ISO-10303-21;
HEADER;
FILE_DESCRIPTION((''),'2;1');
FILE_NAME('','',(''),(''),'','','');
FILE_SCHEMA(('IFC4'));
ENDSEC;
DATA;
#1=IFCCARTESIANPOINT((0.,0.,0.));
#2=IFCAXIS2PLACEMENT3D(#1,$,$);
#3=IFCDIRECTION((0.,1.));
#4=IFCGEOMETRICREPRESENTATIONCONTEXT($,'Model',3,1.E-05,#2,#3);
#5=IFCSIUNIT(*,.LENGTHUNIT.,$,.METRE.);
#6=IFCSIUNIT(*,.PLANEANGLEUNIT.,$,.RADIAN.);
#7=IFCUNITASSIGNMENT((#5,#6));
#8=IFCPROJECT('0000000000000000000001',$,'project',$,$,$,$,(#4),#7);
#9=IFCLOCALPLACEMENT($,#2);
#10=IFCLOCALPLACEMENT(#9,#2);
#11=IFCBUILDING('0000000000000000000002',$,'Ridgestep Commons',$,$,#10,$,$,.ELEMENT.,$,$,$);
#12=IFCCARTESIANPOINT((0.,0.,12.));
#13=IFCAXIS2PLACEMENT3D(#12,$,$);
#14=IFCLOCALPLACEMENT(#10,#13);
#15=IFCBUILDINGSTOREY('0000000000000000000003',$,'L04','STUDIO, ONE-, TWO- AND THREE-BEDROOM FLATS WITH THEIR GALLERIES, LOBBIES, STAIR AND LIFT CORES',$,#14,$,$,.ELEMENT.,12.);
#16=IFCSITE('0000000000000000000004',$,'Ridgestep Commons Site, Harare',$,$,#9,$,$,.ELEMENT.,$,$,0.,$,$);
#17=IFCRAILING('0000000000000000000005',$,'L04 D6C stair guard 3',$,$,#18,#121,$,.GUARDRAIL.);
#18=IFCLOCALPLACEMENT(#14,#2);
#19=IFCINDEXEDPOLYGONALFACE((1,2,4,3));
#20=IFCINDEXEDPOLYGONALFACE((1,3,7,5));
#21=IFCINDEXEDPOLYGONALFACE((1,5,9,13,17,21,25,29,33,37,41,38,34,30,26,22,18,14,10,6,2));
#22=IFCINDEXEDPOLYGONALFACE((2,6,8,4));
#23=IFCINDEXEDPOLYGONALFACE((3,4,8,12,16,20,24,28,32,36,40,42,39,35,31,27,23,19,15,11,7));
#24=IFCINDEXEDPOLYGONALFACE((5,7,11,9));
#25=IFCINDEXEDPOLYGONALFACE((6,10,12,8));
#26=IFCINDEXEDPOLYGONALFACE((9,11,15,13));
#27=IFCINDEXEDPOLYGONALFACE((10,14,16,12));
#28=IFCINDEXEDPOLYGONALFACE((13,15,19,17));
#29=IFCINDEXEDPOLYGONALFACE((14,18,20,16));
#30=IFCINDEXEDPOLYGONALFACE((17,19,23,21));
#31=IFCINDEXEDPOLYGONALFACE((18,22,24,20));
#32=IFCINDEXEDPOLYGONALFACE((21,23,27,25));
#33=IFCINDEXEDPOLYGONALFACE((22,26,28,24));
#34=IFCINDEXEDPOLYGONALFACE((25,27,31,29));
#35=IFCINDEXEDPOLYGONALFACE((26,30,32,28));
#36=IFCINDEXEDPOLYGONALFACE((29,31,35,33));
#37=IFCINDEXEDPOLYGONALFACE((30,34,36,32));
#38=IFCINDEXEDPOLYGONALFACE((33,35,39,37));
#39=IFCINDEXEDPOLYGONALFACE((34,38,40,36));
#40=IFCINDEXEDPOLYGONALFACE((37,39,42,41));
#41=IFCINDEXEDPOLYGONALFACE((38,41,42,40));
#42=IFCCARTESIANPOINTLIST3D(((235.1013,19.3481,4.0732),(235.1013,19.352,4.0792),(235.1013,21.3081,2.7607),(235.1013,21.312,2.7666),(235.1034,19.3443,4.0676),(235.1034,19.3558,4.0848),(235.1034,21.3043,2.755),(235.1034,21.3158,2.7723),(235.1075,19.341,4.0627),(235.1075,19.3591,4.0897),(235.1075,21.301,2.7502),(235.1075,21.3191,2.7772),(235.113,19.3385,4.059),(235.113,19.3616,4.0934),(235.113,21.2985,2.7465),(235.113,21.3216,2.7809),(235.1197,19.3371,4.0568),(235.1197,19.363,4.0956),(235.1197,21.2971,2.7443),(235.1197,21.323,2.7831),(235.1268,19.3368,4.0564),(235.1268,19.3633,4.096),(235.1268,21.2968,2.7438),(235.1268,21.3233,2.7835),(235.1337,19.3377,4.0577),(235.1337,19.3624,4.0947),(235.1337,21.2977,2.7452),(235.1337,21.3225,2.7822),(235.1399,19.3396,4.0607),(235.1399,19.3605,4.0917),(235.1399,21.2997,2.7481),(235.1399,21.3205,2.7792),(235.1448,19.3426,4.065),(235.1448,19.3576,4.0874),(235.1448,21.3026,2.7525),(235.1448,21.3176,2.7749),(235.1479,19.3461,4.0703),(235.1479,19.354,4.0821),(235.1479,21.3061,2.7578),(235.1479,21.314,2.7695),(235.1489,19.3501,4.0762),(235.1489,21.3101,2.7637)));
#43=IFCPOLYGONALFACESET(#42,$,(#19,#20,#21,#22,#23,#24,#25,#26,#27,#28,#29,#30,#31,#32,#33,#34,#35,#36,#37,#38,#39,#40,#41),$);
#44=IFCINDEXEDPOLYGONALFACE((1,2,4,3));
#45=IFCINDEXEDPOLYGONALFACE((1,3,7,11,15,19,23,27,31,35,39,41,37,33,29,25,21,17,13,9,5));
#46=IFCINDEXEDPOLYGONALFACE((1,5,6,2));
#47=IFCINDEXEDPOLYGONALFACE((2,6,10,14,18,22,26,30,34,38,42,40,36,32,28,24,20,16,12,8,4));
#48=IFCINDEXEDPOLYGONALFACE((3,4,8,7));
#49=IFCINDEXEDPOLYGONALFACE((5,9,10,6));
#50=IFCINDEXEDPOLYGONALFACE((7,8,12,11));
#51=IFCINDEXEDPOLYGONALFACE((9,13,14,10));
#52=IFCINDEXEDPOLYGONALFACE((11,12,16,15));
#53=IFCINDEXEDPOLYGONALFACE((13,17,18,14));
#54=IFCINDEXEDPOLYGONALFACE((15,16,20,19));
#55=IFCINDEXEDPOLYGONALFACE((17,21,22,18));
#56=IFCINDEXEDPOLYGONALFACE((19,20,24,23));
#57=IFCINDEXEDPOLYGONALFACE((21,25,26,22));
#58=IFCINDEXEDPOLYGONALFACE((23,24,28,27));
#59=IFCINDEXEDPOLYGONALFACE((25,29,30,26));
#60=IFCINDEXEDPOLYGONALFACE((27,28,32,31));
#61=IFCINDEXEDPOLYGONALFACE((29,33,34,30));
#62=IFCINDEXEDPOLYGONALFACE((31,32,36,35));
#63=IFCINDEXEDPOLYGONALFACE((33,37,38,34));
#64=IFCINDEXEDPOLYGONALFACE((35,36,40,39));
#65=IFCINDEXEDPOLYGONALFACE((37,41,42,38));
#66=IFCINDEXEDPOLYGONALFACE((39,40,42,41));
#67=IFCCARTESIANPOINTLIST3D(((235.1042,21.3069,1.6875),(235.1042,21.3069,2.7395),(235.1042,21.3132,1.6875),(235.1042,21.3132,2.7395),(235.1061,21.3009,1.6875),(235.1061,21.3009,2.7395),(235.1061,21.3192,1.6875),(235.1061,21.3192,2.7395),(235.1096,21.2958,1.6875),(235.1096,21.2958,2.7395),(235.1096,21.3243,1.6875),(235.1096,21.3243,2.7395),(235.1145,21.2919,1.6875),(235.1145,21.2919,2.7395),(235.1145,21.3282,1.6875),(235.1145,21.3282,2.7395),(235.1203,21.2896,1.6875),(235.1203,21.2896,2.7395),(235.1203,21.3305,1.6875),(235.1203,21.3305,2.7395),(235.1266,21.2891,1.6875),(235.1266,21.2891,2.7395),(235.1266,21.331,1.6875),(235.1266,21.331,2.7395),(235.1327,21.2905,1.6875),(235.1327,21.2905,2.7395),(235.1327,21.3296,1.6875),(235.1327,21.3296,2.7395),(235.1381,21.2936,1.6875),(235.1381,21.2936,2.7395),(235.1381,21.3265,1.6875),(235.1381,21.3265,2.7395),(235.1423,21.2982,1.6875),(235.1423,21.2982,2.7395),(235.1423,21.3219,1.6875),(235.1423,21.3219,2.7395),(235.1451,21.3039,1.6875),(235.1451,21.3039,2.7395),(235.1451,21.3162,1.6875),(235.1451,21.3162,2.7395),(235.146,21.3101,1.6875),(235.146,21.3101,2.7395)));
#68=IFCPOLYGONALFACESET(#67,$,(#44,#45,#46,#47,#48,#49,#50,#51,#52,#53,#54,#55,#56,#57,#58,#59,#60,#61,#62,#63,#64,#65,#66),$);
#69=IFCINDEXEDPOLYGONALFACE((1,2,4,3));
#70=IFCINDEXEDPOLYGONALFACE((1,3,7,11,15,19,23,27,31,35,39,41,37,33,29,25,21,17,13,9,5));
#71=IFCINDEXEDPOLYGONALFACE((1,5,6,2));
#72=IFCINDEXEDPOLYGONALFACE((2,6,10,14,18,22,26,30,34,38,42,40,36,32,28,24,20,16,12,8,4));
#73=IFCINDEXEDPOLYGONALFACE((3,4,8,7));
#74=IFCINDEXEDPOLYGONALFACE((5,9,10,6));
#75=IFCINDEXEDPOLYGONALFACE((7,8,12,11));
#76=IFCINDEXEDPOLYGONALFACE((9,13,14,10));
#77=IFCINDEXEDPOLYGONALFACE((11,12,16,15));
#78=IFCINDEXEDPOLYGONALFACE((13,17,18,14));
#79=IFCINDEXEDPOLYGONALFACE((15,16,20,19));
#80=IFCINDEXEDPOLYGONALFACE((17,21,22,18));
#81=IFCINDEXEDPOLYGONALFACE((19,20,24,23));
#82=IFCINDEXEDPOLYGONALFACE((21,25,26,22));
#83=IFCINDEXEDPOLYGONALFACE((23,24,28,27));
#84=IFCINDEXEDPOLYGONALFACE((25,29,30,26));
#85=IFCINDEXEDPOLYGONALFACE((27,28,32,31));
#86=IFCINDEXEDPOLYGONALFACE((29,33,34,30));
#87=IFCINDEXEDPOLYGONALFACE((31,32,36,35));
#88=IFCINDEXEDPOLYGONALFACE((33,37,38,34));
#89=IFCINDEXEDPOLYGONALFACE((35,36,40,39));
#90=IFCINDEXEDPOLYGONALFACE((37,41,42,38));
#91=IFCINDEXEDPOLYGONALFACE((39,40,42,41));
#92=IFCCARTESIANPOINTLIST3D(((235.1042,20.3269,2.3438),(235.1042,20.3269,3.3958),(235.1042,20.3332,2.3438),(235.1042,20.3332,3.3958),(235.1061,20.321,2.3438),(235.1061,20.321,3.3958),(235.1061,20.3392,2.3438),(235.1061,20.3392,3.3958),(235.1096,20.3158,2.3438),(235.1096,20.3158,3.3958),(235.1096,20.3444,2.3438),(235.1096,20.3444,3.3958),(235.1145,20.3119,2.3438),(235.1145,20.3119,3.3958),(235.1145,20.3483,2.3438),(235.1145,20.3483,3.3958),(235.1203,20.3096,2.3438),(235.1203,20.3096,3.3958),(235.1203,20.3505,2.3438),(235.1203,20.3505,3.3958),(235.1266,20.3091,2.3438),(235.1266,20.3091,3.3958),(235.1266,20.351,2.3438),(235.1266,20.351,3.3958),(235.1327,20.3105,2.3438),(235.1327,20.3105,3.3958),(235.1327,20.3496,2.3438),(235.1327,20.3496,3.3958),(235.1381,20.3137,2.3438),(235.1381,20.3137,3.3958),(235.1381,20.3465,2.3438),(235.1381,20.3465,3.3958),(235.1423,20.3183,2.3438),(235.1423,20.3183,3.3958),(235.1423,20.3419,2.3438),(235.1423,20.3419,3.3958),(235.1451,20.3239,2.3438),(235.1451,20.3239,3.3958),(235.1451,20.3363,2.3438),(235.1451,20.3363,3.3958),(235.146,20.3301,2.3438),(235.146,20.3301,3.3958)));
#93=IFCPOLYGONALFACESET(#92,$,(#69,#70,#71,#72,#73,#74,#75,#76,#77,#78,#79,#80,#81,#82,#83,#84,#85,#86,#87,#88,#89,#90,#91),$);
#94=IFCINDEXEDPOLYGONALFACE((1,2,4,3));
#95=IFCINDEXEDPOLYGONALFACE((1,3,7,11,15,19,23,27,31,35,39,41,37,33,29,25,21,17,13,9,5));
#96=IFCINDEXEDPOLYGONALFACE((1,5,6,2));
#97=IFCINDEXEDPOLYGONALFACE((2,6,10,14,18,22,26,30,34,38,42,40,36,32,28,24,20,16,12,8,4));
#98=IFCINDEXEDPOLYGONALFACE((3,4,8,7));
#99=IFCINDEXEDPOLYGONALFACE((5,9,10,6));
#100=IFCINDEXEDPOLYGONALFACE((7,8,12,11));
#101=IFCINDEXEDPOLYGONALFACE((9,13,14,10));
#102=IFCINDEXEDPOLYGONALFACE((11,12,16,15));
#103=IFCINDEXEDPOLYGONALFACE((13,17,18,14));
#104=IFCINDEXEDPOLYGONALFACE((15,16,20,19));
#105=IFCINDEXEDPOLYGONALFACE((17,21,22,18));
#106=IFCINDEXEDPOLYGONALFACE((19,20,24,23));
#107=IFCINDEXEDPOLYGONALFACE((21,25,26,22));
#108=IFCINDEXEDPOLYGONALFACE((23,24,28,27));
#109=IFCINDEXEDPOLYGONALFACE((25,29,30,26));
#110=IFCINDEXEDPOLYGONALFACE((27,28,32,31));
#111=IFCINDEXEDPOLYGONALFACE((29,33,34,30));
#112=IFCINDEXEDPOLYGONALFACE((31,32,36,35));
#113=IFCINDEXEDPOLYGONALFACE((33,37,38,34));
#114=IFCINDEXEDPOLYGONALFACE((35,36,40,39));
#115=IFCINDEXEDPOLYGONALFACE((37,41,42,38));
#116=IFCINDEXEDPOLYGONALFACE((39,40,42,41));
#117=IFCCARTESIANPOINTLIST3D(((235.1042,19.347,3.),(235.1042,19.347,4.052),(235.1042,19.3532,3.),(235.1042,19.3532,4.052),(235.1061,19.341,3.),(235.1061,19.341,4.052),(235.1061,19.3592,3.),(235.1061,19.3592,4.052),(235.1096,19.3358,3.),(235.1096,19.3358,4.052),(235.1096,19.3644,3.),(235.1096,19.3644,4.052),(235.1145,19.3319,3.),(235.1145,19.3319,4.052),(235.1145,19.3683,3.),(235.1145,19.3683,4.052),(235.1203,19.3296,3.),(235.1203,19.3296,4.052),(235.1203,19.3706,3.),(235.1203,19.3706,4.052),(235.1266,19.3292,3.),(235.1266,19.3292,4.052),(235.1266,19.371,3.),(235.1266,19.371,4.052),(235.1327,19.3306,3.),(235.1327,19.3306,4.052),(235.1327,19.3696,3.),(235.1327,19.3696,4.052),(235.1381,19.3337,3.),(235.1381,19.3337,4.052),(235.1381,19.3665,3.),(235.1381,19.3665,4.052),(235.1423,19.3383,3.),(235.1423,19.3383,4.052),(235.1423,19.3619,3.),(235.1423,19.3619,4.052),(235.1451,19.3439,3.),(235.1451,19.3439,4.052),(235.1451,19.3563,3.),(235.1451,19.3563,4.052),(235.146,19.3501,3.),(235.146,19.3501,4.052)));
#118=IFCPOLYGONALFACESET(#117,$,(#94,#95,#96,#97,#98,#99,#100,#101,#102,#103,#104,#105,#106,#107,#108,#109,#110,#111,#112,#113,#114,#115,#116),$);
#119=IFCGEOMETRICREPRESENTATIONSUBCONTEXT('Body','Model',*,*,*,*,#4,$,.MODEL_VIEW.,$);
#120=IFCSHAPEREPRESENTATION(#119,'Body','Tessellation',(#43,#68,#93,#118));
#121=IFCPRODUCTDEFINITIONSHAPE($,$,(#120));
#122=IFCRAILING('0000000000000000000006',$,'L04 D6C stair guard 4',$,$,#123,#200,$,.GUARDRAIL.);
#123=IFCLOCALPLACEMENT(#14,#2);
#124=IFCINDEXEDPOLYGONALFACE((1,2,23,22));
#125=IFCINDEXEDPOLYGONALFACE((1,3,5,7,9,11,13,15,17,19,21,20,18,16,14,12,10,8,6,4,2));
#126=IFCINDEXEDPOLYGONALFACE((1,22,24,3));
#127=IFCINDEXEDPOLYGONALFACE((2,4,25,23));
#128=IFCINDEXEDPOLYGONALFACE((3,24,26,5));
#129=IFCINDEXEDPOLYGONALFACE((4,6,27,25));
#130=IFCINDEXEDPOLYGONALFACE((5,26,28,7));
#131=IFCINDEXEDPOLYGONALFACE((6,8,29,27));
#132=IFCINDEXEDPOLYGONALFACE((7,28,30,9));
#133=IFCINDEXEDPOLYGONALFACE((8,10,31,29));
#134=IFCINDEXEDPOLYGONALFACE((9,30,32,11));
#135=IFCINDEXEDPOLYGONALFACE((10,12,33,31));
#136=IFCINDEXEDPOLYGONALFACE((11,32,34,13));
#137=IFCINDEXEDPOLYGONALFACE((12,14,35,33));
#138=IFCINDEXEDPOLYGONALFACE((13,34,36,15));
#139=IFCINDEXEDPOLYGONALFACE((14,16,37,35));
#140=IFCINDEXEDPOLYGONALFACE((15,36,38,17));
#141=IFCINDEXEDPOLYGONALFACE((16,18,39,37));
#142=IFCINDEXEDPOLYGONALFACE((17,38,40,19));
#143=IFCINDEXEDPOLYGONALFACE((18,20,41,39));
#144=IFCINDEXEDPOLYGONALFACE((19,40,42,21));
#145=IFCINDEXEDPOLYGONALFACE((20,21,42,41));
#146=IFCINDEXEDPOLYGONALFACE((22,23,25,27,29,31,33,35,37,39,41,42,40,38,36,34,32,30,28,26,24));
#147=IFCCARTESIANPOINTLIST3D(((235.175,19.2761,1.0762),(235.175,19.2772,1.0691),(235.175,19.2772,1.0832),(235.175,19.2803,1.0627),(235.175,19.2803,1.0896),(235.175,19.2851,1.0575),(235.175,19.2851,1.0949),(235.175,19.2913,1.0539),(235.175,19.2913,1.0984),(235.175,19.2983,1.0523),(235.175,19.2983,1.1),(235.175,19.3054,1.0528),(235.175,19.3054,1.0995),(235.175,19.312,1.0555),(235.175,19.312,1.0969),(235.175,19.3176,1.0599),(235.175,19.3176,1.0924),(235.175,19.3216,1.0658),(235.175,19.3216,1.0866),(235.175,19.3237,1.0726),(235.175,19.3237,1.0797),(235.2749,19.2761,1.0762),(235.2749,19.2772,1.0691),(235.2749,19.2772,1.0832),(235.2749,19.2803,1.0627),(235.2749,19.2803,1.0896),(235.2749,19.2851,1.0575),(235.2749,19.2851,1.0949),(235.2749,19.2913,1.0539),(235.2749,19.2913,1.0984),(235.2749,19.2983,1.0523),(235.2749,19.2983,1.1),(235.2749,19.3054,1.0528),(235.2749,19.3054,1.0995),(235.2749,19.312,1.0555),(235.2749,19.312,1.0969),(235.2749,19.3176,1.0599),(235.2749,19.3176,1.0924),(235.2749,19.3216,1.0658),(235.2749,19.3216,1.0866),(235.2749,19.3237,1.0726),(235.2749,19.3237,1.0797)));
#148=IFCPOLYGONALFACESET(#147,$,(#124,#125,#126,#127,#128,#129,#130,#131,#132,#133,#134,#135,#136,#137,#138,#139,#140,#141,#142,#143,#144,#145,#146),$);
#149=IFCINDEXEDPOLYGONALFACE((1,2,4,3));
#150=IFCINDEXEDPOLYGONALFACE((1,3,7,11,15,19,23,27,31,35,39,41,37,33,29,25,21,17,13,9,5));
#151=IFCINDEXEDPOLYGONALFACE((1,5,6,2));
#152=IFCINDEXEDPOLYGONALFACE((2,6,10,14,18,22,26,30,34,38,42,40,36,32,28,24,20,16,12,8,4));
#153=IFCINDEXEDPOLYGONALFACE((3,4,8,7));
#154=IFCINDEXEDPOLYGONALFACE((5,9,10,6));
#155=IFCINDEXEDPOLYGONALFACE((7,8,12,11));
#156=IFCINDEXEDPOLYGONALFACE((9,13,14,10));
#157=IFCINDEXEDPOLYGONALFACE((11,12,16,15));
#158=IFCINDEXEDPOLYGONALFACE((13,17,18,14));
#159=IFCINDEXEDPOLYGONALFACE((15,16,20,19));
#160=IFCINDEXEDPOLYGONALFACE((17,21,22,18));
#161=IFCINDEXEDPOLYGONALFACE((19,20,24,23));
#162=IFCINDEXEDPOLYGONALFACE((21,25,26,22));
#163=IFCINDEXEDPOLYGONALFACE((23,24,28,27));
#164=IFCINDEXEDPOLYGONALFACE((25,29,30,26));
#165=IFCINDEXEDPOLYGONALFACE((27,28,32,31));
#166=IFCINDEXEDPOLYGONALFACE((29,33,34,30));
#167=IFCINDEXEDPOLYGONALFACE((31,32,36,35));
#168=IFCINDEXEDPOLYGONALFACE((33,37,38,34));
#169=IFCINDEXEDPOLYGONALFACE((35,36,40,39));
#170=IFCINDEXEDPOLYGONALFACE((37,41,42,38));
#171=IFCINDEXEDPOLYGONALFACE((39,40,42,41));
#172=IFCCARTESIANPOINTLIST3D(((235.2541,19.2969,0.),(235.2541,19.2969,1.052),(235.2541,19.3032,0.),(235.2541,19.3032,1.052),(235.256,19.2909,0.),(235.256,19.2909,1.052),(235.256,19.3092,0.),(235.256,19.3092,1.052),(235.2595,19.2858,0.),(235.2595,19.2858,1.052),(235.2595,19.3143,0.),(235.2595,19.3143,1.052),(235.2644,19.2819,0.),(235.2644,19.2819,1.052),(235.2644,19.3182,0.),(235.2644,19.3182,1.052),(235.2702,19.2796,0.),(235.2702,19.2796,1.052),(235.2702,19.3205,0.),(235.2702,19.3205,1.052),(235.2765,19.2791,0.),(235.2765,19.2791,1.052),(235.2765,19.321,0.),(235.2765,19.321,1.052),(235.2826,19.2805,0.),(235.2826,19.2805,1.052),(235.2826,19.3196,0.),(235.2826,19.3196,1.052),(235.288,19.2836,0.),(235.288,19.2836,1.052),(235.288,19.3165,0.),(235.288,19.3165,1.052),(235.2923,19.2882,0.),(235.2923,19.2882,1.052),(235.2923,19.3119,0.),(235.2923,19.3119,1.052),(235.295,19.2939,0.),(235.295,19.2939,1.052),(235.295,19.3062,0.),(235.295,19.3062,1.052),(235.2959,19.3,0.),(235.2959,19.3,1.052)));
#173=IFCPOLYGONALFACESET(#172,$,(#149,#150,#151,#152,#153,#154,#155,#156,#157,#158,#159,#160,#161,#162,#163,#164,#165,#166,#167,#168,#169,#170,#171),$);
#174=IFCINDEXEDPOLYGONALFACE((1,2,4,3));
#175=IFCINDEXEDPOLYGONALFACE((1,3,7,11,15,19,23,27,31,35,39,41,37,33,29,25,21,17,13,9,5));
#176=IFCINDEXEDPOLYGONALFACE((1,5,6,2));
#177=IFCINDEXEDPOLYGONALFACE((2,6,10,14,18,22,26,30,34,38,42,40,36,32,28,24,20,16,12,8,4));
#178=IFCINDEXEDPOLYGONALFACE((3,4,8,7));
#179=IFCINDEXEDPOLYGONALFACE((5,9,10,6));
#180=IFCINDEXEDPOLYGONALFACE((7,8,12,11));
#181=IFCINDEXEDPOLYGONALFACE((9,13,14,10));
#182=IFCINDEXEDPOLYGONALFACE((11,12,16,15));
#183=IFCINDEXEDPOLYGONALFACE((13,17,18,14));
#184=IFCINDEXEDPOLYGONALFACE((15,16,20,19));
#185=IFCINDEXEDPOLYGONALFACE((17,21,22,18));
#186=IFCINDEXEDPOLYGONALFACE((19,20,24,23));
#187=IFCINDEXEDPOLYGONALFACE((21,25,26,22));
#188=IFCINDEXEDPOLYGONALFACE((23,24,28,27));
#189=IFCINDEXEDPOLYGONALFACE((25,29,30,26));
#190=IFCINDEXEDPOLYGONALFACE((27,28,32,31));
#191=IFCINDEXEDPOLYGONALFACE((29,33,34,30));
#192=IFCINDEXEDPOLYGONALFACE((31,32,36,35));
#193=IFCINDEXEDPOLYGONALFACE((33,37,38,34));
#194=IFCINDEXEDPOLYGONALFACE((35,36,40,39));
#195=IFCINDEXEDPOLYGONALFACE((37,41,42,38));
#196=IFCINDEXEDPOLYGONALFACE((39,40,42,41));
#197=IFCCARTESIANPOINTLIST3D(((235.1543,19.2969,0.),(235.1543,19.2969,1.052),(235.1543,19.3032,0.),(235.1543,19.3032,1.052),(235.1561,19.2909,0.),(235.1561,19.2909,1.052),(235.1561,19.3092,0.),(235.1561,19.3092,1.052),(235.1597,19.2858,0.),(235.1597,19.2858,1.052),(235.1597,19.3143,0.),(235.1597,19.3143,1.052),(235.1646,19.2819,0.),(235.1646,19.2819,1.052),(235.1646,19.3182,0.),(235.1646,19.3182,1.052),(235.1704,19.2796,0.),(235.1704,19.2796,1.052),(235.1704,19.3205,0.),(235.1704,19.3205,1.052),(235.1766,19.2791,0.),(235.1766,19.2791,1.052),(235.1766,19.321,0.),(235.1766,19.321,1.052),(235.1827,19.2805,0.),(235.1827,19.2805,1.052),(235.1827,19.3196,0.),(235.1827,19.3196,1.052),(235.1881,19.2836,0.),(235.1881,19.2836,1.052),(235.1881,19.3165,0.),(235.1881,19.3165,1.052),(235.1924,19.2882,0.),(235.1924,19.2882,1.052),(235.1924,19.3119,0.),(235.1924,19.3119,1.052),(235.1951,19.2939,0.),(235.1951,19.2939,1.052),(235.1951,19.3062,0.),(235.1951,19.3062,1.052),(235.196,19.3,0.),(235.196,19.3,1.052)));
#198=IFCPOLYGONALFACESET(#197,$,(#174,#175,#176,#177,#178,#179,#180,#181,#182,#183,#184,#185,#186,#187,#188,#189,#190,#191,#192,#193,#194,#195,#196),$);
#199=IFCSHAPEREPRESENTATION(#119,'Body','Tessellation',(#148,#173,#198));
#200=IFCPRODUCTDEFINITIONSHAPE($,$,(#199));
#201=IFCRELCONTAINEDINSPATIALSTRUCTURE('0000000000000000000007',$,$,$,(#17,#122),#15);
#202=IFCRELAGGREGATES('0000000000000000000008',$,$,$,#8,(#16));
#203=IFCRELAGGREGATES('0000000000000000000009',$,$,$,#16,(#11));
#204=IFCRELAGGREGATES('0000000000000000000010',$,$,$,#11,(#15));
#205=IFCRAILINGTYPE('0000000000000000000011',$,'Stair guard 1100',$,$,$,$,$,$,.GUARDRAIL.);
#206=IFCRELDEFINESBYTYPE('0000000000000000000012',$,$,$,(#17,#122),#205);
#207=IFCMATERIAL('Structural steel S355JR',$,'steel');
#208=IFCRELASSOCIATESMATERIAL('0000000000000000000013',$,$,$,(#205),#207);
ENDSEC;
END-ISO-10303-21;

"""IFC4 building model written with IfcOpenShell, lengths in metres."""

from ifc_helpers import new_model, si_unit, direction, frame, origin, origin_2d, place, context, subcontext, project, spatial, circle, extrude, material, type_object, element, save


model = new_model("IFC4")

# Units and contexts
model_context = context("Model", 3, precision=1e-05, world=origin(), true_north=direction((0.0, 1.0)))
body_context = subcontext(model_context, "Body", "Model", "MODEL_VIEW")
ifc_project = project(units=[si_unit("LENGTHUNIT", "METRE"), si_unit("PLANEANGLEUNIT", "RADIAN")], contexts=[model_context])

# Site, building, storey
site_placement = place(None, origin())
site = spatial("IfcSite", under=ifc_project, at=site_placement, Name="Ridgestep Commons Site, Harare", CompositionType="ELEMENT", RefElevation=0.0)
building_placement = place(site_placement, origin())
building = spatial("IfcBuilding", under=site, at=building_placement, Name="Ridgestep Commons", CompositionType="ELEMENT")
storey_placement = place(building_placement, frame((0.0, 0.0, 12.0)))
storey = spatial("IfcBuildingStorey", under=building, at=storey_placement, Name="L04", Description="STUDIO, ONE-, TWO- AND THREE-BEDROOM FLATS WITH THEIR GALLERIES, LOBBIES, STAIR AND LIFT CORES", CompositionType="ELEMENT", Elevation=12.0)

# Railings
ifc_material_1 = material(Name="Structural steel S355JR", Category="steel")
railing_type_1 = type_object("IfcRailingType", Name="Stair guard 1100", PredefinedType="GUARDRAIL", material=ifc_material_1)
railing_1_placement = place(storey_placement, frame((235.125, 21.3101, 1.6875)))
element("IfcRailing", 1, at=railing_1_placement, inside=storey, type_object=railing_type_1, Name="L04 D6C stair guard 3", PredefinedType="GUARDRAIL", context=body_context, shape_type="SweptSolid", body=[
    extrude(circle(Radius=0.0239, at=origin_2d()), frame((0.0, 0.0, 1.0762), z_axis=(0.0, -0.830902, 0.556419), x_axis=(1.0, 0.0, 0.0)), (0.0, 0.0, 1.0), 2.3589),
    extrude(circle(Radius=0.021, at=origin_2d()), origin(), (0.0, 0.0, 1.0), 1.052),
    extrude(circle(Radius=0.021, at=origin_2d()), frame((0.0, -0.98, 0.6562)), (0.0, 0.0, 1.0), 1.052),
    extrude(circle(Radius=0.021, at=origin_2d()), frame((0.0, -1.96, 1.3125)), (0.0, 0.0, 1.0), 1.052),
])
railing_2_placement = place(storey_placement, frame((235.2749, 19.3, 0.0)))
element("IfcRailing", 2, at=railing_2_placement, inside=storey, type_object=railing_type_1, Name="L04 D6C stair guard 4", PredefinedType="GUARDRAIL", context=body_context, shape_type="SweptSolid", body=[
    extrude(circle(Radius=0.0239, at=origin_2d()), frame((0.0, 0.0, 1.0762), z_axis=(-1.0, 0.0, 0.0), x_axis=(0.0, -1.0, 0.0)), (0.0, 0.0, 1.0), 0.0999),
    extrude(circle(Radius=0.021, at=origin_2d()), origin(), (0.0, 0.0, 1.0), 1.052),
    extrude(circle(Radius=0.021, at=origin_2d()), frame((-0.0999, 0.0, 0.0)), (0.0, 0.0, 1.0), 1.052),
])

save(model, "model.ifc")
